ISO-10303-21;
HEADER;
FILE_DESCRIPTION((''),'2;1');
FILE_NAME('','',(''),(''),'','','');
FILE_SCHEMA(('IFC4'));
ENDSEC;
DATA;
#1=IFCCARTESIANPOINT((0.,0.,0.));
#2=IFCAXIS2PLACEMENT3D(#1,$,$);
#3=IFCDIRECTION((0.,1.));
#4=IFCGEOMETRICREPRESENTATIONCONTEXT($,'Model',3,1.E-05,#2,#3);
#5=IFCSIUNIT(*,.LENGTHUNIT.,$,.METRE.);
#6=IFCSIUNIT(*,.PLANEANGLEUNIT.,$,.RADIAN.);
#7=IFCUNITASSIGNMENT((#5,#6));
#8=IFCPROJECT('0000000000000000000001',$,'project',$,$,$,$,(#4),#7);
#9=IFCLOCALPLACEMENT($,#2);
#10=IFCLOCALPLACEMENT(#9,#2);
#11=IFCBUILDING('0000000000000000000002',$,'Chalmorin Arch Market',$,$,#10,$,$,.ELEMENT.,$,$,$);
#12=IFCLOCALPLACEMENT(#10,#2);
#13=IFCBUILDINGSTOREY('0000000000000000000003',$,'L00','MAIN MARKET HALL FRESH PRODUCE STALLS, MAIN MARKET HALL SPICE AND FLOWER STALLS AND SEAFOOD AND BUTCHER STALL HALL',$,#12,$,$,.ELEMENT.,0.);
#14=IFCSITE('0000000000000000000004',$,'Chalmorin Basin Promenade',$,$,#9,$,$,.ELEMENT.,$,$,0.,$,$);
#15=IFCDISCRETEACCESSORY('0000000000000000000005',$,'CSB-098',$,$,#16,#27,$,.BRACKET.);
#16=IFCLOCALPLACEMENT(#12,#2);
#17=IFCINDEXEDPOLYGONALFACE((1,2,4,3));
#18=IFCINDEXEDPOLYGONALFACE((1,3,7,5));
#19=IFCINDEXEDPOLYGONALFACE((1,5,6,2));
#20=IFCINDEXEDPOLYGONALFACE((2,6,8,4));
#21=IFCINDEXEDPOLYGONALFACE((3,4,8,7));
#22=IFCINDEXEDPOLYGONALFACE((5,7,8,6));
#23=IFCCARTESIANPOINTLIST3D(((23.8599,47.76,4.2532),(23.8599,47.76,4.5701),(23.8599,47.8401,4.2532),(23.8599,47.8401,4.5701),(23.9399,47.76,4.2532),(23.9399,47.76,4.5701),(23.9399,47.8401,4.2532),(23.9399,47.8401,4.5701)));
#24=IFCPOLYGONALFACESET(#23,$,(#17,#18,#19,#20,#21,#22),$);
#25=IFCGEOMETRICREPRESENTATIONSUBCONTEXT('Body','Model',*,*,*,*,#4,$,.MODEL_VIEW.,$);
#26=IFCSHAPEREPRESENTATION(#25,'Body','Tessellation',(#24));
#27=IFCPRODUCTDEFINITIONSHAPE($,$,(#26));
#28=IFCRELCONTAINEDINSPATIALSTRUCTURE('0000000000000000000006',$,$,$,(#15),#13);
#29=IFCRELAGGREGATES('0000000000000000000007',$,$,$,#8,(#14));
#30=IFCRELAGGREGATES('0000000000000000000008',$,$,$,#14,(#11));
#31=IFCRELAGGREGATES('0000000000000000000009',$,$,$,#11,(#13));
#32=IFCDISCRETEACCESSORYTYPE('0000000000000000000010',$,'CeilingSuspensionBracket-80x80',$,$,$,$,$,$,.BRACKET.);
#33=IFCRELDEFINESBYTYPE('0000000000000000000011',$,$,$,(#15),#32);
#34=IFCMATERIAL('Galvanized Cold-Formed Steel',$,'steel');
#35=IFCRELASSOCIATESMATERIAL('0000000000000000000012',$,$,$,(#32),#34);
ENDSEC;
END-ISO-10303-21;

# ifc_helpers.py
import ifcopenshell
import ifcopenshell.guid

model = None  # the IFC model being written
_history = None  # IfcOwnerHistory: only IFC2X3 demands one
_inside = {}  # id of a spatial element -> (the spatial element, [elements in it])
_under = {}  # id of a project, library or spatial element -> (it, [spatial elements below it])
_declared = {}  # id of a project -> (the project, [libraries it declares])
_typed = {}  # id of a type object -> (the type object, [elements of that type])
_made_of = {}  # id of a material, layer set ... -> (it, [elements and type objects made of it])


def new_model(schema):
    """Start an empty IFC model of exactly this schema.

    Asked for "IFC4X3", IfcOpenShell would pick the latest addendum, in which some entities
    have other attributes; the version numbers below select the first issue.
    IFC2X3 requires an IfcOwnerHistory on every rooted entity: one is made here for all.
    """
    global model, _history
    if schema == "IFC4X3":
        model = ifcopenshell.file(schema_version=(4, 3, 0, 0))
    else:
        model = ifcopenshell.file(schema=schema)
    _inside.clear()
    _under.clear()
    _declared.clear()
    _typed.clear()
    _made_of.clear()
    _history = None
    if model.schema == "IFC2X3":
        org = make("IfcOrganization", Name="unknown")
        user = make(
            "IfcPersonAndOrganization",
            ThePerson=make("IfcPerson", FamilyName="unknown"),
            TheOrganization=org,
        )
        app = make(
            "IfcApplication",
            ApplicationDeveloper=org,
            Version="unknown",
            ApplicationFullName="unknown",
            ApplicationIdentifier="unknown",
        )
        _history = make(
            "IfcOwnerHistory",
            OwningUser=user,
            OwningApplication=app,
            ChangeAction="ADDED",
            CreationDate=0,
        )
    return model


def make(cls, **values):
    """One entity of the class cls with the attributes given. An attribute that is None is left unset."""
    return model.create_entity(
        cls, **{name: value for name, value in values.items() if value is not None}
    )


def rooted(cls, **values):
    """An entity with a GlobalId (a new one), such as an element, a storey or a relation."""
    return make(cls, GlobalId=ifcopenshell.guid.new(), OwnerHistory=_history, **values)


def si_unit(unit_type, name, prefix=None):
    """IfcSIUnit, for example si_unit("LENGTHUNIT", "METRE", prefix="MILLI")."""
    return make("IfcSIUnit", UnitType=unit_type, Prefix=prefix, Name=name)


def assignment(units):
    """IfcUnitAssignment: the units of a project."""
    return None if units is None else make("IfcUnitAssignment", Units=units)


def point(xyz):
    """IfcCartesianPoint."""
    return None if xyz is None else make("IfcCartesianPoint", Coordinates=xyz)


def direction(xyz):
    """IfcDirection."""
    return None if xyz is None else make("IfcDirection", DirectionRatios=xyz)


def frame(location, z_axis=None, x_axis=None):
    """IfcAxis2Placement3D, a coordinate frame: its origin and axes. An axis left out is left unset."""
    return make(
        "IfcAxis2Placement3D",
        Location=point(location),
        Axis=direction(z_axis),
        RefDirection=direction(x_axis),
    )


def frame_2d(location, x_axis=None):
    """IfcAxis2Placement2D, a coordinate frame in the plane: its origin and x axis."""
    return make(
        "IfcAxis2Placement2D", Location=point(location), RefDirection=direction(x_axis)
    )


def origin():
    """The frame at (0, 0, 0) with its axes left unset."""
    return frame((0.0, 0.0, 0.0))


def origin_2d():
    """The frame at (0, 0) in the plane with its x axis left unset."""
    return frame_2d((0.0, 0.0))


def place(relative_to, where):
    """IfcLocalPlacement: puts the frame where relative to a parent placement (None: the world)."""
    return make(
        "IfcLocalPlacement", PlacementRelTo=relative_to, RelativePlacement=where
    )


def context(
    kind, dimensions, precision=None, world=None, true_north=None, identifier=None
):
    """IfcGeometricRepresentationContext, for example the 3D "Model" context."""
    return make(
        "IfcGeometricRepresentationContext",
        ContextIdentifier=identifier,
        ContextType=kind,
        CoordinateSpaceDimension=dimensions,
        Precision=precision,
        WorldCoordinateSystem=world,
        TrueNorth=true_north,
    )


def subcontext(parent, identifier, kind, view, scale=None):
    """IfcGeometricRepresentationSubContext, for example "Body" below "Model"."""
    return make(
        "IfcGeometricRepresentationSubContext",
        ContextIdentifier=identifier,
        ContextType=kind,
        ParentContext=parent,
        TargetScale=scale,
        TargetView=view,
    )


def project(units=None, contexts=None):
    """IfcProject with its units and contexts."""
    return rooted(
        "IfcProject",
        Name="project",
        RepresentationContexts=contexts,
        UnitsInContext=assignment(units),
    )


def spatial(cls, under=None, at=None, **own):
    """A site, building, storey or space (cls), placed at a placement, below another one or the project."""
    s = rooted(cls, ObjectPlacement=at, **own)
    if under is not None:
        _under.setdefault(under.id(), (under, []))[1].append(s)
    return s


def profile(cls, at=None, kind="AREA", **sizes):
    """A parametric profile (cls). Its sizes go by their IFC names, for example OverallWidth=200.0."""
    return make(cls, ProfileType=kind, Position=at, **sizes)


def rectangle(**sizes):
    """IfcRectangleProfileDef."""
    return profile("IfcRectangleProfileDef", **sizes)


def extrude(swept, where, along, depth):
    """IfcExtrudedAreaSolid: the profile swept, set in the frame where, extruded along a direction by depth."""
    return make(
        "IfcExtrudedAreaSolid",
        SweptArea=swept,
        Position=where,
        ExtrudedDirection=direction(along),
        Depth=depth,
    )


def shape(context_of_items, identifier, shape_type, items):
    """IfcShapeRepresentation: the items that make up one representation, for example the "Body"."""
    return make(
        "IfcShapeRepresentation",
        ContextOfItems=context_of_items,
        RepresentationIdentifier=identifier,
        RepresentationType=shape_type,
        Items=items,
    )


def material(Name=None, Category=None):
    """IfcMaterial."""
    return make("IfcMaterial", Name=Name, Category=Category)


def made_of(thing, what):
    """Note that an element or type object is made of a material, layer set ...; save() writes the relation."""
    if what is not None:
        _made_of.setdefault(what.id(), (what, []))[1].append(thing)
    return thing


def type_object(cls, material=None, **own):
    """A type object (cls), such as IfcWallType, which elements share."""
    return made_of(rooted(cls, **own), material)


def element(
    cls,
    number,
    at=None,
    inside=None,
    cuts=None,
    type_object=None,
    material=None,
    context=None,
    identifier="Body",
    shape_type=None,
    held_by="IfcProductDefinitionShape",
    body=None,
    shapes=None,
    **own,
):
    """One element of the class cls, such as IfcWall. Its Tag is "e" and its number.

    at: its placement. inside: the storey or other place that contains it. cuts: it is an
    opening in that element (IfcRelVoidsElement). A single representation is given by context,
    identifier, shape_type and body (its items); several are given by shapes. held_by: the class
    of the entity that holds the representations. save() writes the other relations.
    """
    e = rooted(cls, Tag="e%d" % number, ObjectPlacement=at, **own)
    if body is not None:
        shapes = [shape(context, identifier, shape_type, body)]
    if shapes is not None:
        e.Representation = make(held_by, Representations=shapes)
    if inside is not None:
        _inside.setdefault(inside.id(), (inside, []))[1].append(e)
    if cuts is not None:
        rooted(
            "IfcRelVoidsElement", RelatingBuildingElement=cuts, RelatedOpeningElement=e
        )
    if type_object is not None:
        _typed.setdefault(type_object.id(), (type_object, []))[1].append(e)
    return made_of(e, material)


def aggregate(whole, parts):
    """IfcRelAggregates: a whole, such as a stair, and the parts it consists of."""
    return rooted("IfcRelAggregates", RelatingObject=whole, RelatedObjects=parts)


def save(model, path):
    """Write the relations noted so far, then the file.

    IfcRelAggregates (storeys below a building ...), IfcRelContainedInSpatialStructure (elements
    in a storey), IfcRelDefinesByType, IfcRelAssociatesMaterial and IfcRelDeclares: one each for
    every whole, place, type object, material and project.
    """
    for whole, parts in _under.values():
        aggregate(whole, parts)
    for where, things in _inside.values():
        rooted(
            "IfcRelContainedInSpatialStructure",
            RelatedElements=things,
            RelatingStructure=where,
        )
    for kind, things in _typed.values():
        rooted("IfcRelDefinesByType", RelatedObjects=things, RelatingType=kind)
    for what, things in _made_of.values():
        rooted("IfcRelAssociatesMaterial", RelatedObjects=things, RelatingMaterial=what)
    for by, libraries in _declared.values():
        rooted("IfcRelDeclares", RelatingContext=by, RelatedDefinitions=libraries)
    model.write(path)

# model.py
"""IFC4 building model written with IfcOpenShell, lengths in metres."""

from ifc_helpers import new_model, si_unit, direction, frame, origin, origin_2d, place, context, subcontext, project, spatial, rectangle, extrude, material, type_object, element, save


model = new_model("IFC4")

# Units and contexts
model_context = context("Model", 3, precision=1e-05, world=origin(), true_north=direction((0.0, 1.0)))
body_context = subcontext(model_context, "Body", "Model", "MODEL_VIEW")
ifc_project = project(units=[si_unit("LENGTHUNIT", "METRE"), si_unit("PLANEANGLEUNIT", "RADIAN")], contexts=[model_context])

# Site, building, storey
site_placement = place(None, origin())
site = spatial("IfcSite", under=ifc_project, at=site_placement, Name="Chalmorin Basin Promenade", CompositionType="ELEMENT", RefElevation=0.0)
building_placement = place(site_placement, origin())
building = spatial("IfcBuilding", under=site, at=building_placement, Name="Chalmorin Arch Market", CompositionType="ELEMENT")
storey_placement = place(building_placement, origin())
storey = spatial("IfcBuildingStorey", under=building, at=storey_placement, Name="L00", Description="MAIN MARKET HALL FRESH PRODUCE STALLS, MAIN MARKET HALL SPICE AND FLOWER STALLS AND SEAFOOD AND BUTCHER STALL HALL", CompositionType="ELEMENT", Elevation=0.0)

# Discrete accessory
ifc_material_1 = material(Name="Galvanized Cold-Formed Steel", Category="steel")
discrete_accessory_type = type_object("IfcDiscreteAccessoryType", Name="CeilingSuspensionBracket-80x80", PredefinedType="BRACKET", material=ifc_material_1)
discrete_accessory_placement = place(storey_placement, frame((23.8999, 47.8, 4.2532), z_axis=(0.0, 0.0, 1.0), x_axis=(1.0, 0.0, 0.0)))
element("IfcDiscreteAccessory", 1, at=discrete_accessory_placement, inside=storey, type_object=discrete_accessory_type, Name="CSB-098", PredefinedType="BRACKET", context=body_context, shape_type="SweptSolid", body=[
    extrude(rectangle(XDim=0.0801, YDim=0.0801, at=origin_2d()), origin(), (0.0, 0.0, 1.0), 0.3169),
])

save(model, "model.ifc")
